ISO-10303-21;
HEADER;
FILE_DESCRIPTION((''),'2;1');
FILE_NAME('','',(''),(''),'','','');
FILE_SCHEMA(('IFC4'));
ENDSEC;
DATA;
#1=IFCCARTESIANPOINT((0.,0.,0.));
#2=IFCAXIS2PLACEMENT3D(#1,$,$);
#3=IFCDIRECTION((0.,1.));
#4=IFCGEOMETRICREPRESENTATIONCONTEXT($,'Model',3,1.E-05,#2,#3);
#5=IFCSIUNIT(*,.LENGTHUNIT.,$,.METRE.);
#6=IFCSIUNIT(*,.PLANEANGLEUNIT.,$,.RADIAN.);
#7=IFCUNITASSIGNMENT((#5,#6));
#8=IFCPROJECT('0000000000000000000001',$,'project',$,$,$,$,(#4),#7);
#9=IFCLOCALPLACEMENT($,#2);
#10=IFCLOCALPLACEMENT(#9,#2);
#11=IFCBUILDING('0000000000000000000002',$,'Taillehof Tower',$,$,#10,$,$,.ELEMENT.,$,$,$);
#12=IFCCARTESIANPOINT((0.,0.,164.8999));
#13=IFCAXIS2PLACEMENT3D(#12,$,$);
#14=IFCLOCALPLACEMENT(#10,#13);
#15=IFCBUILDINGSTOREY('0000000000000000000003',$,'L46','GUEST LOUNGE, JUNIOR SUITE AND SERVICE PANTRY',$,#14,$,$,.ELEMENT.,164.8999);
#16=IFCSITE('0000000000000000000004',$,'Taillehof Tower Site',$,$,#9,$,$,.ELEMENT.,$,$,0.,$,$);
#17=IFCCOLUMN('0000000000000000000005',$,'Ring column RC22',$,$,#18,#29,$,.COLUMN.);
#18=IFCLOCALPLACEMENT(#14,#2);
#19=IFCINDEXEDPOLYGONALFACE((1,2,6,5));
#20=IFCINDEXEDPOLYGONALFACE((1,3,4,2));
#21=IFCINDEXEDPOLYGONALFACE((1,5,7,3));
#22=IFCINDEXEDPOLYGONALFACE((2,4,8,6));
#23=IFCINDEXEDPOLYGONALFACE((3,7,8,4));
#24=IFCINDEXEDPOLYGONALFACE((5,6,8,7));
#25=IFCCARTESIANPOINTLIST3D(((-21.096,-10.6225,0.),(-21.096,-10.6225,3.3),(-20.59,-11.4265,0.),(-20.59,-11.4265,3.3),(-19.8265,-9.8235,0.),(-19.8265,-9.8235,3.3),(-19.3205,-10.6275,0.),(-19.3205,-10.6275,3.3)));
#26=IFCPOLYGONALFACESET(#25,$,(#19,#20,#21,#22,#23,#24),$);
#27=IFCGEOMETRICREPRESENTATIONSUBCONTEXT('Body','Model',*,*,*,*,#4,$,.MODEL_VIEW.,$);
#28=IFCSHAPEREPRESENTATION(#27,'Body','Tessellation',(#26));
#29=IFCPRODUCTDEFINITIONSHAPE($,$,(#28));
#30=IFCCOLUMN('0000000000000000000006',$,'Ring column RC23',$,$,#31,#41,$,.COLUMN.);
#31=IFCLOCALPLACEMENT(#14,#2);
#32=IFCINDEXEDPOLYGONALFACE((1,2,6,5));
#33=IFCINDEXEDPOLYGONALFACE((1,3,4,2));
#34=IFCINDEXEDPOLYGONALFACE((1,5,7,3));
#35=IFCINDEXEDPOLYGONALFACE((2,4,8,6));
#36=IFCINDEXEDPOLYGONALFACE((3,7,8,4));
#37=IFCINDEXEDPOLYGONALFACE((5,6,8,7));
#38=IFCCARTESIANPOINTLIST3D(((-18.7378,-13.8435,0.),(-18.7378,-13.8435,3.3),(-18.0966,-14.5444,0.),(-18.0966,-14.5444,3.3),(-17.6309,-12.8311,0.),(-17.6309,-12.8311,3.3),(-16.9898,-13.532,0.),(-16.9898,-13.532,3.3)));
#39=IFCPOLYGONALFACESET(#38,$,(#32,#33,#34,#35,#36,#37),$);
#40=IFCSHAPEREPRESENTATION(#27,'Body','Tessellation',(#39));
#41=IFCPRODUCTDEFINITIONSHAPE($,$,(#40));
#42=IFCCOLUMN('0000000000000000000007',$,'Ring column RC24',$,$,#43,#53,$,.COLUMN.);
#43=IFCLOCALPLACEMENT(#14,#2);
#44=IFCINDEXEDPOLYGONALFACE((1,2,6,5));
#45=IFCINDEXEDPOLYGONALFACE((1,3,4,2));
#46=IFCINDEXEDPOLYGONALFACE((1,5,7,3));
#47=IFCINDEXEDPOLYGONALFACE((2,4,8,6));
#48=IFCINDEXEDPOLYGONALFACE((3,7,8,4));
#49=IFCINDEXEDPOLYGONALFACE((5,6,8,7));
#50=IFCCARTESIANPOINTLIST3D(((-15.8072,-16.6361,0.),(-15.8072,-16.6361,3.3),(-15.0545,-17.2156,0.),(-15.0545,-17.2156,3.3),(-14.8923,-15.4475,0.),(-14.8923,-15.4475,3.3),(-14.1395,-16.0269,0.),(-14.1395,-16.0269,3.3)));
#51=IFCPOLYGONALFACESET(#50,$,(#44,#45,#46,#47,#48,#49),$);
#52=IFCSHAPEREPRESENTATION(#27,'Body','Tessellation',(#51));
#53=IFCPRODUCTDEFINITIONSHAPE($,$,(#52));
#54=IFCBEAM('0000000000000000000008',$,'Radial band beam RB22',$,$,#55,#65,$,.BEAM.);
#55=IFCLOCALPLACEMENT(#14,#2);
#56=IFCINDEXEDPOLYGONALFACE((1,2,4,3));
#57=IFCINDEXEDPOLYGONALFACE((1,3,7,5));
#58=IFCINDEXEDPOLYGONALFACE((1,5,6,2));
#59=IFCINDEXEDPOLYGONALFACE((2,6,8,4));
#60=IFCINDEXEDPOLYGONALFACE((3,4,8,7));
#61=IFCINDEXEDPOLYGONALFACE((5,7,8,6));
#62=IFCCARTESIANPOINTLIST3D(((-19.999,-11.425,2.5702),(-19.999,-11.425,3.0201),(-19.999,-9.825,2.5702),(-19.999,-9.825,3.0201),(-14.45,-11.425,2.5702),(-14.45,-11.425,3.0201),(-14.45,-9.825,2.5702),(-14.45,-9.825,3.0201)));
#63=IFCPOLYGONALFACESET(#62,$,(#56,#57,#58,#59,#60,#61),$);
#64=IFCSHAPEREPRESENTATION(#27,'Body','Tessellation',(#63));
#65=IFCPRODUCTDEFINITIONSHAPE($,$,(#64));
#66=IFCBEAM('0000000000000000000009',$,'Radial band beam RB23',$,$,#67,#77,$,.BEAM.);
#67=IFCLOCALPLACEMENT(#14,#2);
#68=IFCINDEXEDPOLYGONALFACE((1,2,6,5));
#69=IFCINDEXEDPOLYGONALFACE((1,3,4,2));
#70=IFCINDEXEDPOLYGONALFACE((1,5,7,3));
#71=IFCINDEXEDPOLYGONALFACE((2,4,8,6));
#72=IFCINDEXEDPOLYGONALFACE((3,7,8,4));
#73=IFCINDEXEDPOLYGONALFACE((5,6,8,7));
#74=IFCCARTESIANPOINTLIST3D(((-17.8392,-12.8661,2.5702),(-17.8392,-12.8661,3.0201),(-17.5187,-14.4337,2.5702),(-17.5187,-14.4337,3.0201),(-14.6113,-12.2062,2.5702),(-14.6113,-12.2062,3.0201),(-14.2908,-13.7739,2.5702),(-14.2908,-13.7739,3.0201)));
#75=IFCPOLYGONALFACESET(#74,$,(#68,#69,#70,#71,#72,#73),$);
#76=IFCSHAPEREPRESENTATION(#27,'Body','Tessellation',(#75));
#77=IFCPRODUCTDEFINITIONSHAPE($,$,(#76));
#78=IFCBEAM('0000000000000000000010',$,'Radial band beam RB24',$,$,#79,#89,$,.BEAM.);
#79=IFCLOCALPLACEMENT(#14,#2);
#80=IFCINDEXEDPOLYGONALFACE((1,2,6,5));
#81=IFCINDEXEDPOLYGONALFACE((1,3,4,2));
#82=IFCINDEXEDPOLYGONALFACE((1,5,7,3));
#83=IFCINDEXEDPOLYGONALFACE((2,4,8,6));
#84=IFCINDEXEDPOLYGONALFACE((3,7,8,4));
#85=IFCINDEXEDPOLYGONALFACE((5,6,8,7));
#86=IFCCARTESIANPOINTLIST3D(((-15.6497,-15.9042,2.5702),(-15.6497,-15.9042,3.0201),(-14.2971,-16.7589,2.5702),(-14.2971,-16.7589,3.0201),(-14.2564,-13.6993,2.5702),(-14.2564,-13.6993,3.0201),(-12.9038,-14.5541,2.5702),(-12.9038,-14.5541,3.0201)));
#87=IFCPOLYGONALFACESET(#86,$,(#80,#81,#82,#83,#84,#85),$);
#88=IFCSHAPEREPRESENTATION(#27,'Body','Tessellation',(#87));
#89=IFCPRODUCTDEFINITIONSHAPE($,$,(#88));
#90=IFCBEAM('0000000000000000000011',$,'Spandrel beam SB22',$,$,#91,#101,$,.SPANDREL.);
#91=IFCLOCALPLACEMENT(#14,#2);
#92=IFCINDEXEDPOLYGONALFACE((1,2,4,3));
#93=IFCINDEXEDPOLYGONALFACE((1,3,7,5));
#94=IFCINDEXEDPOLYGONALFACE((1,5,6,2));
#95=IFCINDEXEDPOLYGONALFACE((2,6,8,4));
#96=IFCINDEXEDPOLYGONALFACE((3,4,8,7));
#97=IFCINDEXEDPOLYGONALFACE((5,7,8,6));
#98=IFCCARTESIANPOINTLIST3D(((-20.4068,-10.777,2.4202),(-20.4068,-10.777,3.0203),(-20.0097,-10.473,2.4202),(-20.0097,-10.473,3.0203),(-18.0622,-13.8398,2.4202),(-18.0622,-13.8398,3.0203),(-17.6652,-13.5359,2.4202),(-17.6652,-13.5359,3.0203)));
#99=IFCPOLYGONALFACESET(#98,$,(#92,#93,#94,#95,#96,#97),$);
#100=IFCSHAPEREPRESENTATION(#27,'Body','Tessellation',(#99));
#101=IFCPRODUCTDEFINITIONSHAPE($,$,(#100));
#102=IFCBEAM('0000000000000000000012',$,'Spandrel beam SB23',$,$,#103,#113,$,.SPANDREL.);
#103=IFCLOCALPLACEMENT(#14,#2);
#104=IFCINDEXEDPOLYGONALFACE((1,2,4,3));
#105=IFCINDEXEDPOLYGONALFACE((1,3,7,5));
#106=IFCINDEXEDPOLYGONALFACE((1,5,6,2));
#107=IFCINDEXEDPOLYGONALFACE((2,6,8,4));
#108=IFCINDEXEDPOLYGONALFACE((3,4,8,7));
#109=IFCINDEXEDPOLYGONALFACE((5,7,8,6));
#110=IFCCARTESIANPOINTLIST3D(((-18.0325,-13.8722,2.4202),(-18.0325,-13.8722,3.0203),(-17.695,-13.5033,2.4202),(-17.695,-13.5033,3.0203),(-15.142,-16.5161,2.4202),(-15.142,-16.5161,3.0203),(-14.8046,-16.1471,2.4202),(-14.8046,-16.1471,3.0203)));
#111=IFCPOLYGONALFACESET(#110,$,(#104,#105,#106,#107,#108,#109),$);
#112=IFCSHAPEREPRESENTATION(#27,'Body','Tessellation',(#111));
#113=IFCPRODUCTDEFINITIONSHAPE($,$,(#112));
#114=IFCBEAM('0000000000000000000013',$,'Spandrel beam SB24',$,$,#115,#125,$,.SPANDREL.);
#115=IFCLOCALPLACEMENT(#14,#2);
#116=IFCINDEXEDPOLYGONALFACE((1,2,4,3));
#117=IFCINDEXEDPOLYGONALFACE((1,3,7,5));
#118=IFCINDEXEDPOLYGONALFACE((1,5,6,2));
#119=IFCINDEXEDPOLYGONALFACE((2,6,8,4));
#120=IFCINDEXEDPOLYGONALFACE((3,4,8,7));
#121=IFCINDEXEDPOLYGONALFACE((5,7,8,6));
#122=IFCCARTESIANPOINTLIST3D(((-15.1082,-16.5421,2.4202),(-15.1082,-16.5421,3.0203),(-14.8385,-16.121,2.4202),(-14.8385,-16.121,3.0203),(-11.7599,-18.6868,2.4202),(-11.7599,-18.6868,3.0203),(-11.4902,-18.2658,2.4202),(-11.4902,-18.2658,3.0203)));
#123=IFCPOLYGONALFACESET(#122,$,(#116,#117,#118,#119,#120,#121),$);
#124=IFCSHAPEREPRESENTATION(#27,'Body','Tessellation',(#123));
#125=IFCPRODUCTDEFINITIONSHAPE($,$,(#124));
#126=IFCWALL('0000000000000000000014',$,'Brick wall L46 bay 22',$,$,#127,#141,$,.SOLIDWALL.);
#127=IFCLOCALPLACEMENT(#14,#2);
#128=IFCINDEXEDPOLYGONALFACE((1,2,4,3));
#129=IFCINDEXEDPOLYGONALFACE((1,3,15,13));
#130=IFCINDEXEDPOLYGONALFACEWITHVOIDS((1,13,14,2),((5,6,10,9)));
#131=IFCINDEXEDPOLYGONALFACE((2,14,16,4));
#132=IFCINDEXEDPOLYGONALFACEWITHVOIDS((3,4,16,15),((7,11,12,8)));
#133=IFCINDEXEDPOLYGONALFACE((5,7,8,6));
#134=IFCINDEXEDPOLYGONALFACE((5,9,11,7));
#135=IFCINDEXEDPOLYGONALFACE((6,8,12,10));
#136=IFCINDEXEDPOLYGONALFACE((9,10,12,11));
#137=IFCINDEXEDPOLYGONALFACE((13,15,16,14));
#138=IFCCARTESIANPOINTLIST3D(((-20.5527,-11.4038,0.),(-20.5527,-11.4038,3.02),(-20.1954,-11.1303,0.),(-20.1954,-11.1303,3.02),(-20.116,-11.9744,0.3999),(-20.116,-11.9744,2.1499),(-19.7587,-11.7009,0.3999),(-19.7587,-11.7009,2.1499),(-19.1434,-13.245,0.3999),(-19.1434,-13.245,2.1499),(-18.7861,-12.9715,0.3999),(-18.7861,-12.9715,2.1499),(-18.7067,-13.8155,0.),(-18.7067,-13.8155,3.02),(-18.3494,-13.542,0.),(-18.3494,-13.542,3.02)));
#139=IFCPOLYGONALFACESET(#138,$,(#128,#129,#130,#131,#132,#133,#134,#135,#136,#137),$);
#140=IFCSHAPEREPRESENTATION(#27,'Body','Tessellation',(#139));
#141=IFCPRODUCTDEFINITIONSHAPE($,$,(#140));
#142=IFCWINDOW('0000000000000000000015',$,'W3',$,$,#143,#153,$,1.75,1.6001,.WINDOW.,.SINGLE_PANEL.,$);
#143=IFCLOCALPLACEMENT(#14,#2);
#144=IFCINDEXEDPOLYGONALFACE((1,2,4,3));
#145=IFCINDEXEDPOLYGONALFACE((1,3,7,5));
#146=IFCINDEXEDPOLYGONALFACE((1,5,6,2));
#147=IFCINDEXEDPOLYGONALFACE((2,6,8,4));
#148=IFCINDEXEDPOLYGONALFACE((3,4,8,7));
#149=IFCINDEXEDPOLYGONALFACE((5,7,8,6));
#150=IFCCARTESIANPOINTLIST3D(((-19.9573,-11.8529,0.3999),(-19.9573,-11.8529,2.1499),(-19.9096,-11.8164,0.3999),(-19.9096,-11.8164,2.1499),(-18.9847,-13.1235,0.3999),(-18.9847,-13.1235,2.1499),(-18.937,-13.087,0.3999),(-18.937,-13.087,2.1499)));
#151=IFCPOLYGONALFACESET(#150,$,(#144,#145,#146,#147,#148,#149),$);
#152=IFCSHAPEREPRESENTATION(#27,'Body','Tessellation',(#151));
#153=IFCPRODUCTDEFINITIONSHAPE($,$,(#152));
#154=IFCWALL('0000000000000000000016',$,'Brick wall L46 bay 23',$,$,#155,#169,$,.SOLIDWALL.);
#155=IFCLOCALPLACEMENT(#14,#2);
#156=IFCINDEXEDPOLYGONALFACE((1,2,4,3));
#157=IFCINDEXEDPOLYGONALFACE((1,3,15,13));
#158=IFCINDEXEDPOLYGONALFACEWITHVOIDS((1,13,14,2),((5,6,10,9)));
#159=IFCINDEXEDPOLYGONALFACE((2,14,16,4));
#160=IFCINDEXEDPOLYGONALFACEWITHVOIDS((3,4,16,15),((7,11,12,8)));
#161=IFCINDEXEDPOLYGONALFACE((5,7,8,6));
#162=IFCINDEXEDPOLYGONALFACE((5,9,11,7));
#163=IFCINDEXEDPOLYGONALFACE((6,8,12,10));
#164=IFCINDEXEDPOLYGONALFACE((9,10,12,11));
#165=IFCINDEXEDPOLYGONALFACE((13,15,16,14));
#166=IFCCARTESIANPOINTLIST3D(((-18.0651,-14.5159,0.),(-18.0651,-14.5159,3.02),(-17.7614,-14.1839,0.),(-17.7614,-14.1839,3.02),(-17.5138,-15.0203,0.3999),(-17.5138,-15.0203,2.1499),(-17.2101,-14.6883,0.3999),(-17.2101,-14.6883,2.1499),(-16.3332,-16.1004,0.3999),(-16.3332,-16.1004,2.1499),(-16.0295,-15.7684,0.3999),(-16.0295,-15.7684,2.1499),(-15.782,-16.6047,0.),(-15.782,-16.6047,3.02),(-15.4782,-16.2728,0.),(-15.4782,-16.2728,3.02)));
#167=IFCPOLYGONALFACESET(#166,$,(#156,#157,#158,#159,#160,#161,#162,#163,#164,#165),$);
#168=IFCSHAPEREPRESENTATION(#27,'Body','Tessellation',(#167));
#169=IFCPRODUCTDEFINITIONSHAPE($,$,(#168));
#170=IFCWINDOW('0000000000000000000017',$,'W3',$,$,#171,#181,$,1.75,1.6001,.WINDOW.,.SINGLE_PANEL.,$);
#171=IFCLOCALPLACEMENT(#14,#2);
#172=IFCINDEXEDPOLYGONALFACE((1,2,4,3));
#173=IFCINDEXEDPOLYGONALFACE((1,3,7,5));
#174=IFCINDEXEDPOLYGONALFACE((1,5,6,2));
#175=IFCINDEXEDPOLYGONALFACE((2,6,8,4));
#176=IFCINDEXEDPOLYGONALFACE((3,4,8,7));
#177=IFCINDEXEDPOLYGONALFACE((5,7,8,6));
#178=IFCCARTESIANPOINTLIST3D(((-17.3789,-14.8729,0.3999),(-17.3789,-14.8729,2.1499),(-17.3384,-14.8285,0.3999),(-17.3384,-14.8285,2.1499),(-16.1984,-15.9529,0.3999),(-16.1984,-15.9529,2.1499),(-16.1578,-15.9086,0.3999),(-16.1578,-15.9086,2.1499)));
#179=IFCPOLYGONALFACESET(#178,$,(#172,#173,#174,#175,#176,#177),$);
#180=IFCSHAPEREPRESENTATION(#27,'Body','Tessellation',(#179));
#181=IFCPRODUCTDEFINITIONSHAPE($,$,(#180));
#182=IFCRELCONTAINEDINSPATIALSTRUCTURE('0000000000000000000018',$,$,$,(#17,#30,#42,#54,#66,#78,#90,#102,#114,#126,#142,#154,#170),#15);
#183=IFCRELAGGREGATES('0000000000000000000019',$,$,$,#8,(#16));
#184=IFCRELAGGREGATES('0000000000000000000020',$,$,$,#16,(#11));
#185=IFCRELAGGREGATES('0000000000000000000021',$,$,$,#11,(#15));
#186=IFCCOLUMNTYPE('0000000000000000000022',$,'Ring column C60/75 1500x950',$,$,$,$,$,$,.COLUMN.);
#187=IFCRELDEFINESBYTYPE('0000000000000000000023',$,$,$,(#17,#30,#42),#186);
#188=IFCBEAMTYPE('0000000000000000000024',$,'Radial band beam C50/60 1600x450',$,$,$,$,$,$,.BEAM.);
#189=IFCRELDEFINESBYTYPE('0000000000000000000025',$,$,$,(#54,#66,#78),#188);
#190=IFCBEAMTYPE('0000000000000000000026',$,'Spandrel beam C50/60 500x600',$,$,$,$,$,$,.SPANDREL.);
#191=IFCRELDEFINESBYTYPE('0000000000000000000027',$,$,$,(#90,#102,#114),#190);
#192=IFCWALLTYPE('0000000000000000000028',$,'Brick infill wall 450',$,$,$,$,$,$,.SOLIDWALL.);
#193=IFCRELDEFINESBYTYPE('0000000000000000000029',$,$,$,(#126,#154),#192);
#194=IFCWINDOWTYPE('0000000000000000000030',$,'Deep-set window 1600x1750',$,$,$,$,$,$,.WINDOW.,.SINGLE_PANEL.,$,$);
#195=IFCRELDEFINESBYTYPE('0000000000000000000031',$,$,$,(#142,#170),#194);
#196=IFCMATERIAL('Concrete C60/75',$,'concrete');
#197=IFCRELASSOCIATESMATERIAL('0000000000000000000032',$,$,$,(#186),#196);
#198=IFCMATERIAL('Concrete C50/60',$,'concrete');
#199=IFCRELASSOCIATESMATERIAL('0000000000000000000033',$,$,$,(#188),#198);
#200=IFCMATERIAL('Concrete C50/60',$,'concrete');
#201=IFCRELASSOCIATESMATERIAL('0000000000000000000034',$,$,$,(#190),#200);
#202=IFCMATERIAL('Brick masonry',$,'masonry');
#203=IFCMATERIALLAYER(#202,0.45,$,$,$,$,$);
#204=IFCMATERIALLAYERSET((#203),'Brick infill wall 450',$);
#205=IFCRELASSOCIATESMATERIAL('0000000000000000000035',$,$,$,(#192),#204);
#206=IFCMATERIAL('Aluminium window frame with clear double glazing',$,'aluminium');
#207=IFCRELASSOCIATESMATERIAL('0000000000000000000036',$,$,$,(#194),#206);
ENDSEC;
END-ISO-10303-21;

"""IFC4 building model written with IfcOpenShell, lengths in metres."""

from ifc_helpers import new_model, si_unit, direction, frame, frame_2d, origin, origin_2d, place, context, subcontext, project, spatial, rectangle, extrude, material, layer, layer_set, material_profile, profile_set, type_object, element, fill, save


model = new_model("IFC4")

# Units and contexts
model_context = context("Model", 3, precision=1e-05, world=origin(), true_north=direction((0.0, 1.0)))
body_context = subcontext(model_context, "Body", "Model", "MODEL_VIEW")
ifc_project = project(units=[si_unit("LENGTHUNIT", "METRE"), si_unit("PLANEANGLEUNIT", "RADIAN")], contexts=[model_context])

# Site, building, storey
site_placement = place(None, origin())
site = spatial("IfcSite", under=ifc_project, at=site_placement, Name="Taillehof Tower Site", CompositionType="ELEMENT", RefElevation=0.0)
building_placement = place(site_placement, origin())
building = spatial("IfcBuilding", under=site, at=building_placement, Name="Taillehof Tower", CompositionType="ELEMENT")
storey_placement = place(building_placement, frame((0.0, 0.0, 164.8999)))
storey = spatial("IfcBuildingStorey", under=building, at=storey_placement, Name="L46", Description="GUEST LOUNGE, JUNIOR SUITE AND SERVICE PANTRY", CompositionType="ELEMENT", Elevation=164.8999)

# Columns
ifc_material_1 = material(Name="Concrete C60/75", Category="concrete")
ifc_material_profile_1 = material_profile(ifc_material_1, rectangle(XDim=1.5, YDim=0.95, at=origin_2d()), Name="RC 1500x950")
ifc_profile_set_1 = profile_set([ifc_material_profile_1], Name="Concrete C60/75")
column_type = type_object("IfcColumnType", Name="Ring column C60/75 1500x950", PredefinedType="COLUMN", material=ifc_profile_set_1)
for number, where, z_axis, x_axis, name in (
    (1, (-20.2083, -10.625, 0.0), (0.0, 0.0, 1.0), (-0.846334, -0.532652, 0.0), "Ring column RC22"),
    (2, (-17.8638, -13.6877, 0.0), (0.0, 0.0, 1.0), (-0.737879, -0.674933, 0.0), "Ring column RC23"),
    (3, (-14.9734, -16.3315, 0.0), (0.0, 0.0, 1.0), (-0.609971, -0.792424, 0.0), "Ring column RC24"),
):
    element("IfcColumn", number, at=place(storey_placement, frame(where, z_axis=z_axis, x_axis=x_axis)), inside=storey, type_object=column_type, Name=name, PredefinedType="COLUMN", context=body_context, shape_type="SweptSolid", body=[
        extrude(rectangle(XDim=1.5, YDim=0.95, at=origin_2d()), origin(), (0.0, 0.0, 1.0), 3.3),
    ])

# Beams
ifc_material_2 = material(Name="Concrete C50/60", Category="concrete")
ifc_material_profile_2 = material_profile(ifc_material_2, rectangle(XDim=1.6001, YDim=0.45, at=origin_2d()), Name="RC 1600x450")
ifc_profile_set_2 = profile_set([ifc_material_profile_2], Name="Concrete C50/60")
beam_type_1 = type_object("IfcBeamType", Name="Radial band beam C50/60 1600x450", PredefinedType="BEAM", material=ifc_profile_set_2)
beam_1_placement = place(storey_placement, frame((-19.999, -10.625, 2.7952), z_axis=(1.0, 0.0, 0.0), x_axis=(0.0, 1.0, 0.0)))
element("IfcBeam", 4, at=beam_1_placement, inside=storey, type_object=beam_type_1, Name="Radial band beam RB22", PredefinedType="BEAM", context=body_context, shape_type="SweptSolid", body=[
    extrude(rectangle(XDim=1.6001, YDim=0.45, at=origin_2d()), origin(), (0.0, 0.0, 1.0), 5.5491),
])
beam_2_placement = place(storey_placement, frame((-17.679, -13.6499, 2.7952), z_axis=(0.979737, 0.20029, 0.0), x_axis=(-0.20029, 0.979737, 0.0)))
element("IfcBeam", 5, at=beam_2_placement, inside=storey, type_object=beam_type_1, Name="Radial band beam RB23", PredefinedType="BEAM", context=body_context, shape_type="SweptSolid", body=[
    extrude(rectangle(XDim=1.6001, YDim=0.45, at=origin_2d()), origin(), (0.0, 0.0, 1.0), 3.2947),
])
beam_3_placement = place(storey_placement, frame((-14.9734, -16.3315, 2.7952), z_axis=(0.534208, 0.845353, 0.0), x_axis=(-0.845353, 0.534208, 0.0)))
element("IfcBeam", 6, at=beam_3_placement, inside=storey, type_object=beam_type_1, Name="Radial band beam RB24", PredefinedType="BEAM", context=body_context, shape_type="SweptSolid", body=[
    extrude(rectangle(XDim=1.6001, YDim=0.45, at=origin_2d()), origin(), (0.0, 0.0, 1.0), 2.6082),
])
ifc_material_3 = material(Name="Concrete C50/60", Category="concrete")
ifc_material_profile_3 = material_profile(ifc_material_3, rectangle(XDim=0.5, YDim=0.6001, at=origin_2d()), Name="RC 500x600")
ifc_profile_set_3 = profile_set([ifc_material_profile_3], Name="Concrete C50/60")
beam_type_2 = type_object("IfcBeamType", Name="Spandrel beam C50/60 500x600", PredefinedType="SPANDREL", material=ifc_profile_set_3)
beam_4_placement = place(storey_placement, frame((-20.2083, -10.625, 2.7202), z_axis=(0.60784, -0.794059, 0.0), x_axis=(0.794059, 0.60784, 0.0)))
element("IfcBeam", 7, at=beam_4_placement, inside=storey, type_object=beam_type_2, Name="Spandrel beam SB22", PredefinedType="SPANDREL", context=body_context, shape_type="SweptSolid", body=[
    extrude(rectangle(XDim=0.5, YDim=0.6001, at=origin_2d()), origin(), (0.0, 0.0, 1.0), 3.8572),
])
beam_5_placement = place(storey_placement, frame((-17.8638, -13.6877, 2.7202), z_axis=(0.737881, -0.674931, 0.0), x_axis=(0.674931, 0.737881, 0.0)))
element("IfcBeam", 8, at=beam_5_placement, inside=storey, type_object=beam_type_2, Name="Spandrel beam SB23", PredefinedType="SPANDREL", context=body_context, shape_type="SweptSolid", body=[
    extrude(rectangle(XDim=0.5, YDim=0.6001, at=origin_2d()), origin(), (0.0, 0.0, 1.0), 3.9172),
])
beam_6_placement = place(storey_placement, frame((-14.9734, -16.3315, 2.7202), z_axis=(0.842065, -0.539376, 0.0), x_axis=(0.539376, 0.842065, 0.0)))
element("IfcBeam", 9, at=beam_6_placement, inside=storey, type_object=beam_type_2, Name="Spandrel beam SB24", PredefinedType="SPANDREL", context=body_context, shape_type="SweptSolid", body=[
    extrude(rectangle(XDim=0.5, YDim=0.6001, at=origin_2d()), origin(), (0.0, 0.0, 1.0), 3.9763),
])

# Walls, openings, windows
ifc_material_4 = material(Name="Brick masonry", Category="masonry")
ifc_layer_1 = layer(ifc_material_4, 0.45)
ifc_layer_set_1 = layer_set([ifc_layer_1], Name="Brick infill wall 450")
wall_type_1 = type_object("IfcWallType", Name="Brick infill wall 450", PredefinedType="SOLIDWALL", material=ifc_layer_set_1)
wall_1_placement = place(storey_placement, frame((-20.374, -11.2671, 0.0), z_axis=(0.0, 0.0, 1.0), x_axis=(0.607817, -0.794077, 0.0)))
wall_1 = element("IfcWall", 10, at=wall_1_placement, inside=storey, type_object=wall_type_1, Name="Brick wall L46 bay 22", PredefinedType="SOLIDWALL", context=body_context, shape_type="SweptSolid", body=[
    extrude(rectangle(XDim=3.0371, YDim=0.45, at=frame_2d((1.5186, 0.0))), origin(), (0.0, 0.0, 1.0), 3.02),
])
opening_1_placement = place(wall_1_placement, frame((0.7185, 0.0, 0.3999)))
opening_1 = element("IfcOpeningElement", 11, at=opening_1_placement, cuts=wall_1, PredefinedType="OPENING", context=body_context, shape_type="SweptSolid", body=[
    extrude(rectangle(XDim=1.6001, YDim=1.75, at=frame_2d((0.8, 0.875))), frame((0.0, 0.2349, 0.0), z_axis=(0.0, -1.0, 0.0), x_axis=(1.0, 0.0, 0.0)), (0.0, 0.0, 1.0), 0.47),
])
ifc_material_5 = material(Name="Aluminium window frame with clear double glazing", Category="aluminium")
window_type_1 = type_object("IfcWindowType", Name="Deep-set window 1600x1750", PartitioningType="SINGLE_PANEL", PredefinedType="WINDOW", material=ifc_material_5)
window_1_placement = place(opening_1_placement, origin())
window_1 = element("IfcWindow", 12, at=window_1_placement, inside=storey, type_object=window_type_1, Name="W3", OverallHeight=1.75, OverallWidth=1.6001, PartitioningType="SINGLE_PANEL", PredefinedType="WINDOW", context=body_context, shape_type="SweptSolid", body=[
    extrude(rectangle(XDim=1.6001, YDim=1.75, at=frame_2d((0.8, 0.875))), frame((0.0, 0.0349, 0.0), z_axis=(0.0, -1.0, 0.0), x_axis=(1.0, 0.0, 0.0)), (0.0, 0.0, 1.0), 0.0601),
])
fill(opening_1, window_1)
wall_2_placement = place(storey_placement, frame((-17.9133, -14.3499, 0.0), z_axis=(0.0, 0.0, 1.0), x_axis=(0.737809, -0.67501, 0.0)))
wall_2 = element("IfcWall", 13, at=wall_2_placement, inside=storey, type_object=wall_type_1, Name="Brick wall L46 bay 23", PredefinedType="SOLIDWALL", context=body_context, shape_type="SweptSolid", body=[
    extrude(rectangle(XDim=3.0945, YDim=0.45, at=frame_2d((1.5474, 0.0))), origin(), (0.0, 0.0, 1.0), 3.02),
])
opening_2_placement = place(wall_2_placement, frame((0.7473, 0.0, 0.3999)))
opening_2 = element("IfcOpeningElement", 14, at=opening_2_placement, cuts=wall_2, PredefinedType="OPENING", context=body_context, shape_type="SweptSolid", body=[
    extrude(rectangle(XDim=1.6001, YDim=1.75, at=frame_2d((0.8, 0.875))), frame((0.0, 0.2349, 0.0), z_axis=(0.0, -1.0, 0.0), x_axis=(1.0, 0.0, 0.0)), (0.0, 0.0, 1.0), 0.47),
])
window_2_placement = place(opening_2_placement, origin())
window_2 = element("IfcWindow", 15, at=window_2_placement, inside=storey, type_object=window_type_1, Name="W3", OverallHeight=1.75, OverallWidth=1.6001, PartitioningType="SINGLE_PANEL", PredefinedType="WINDOW", context=body_context, shape_type="SweptSolid", body=[
    extrude(rectangle(XDim=1.6001, YDim=1.75, at=frame_2d((0.8, 0.875))), frame((0.0, 0.0349, 0.0), z_axis=(0.0, -1.0, 0.0), x_axis=(1.0, 0.0, 0.0)), (0.0, 0.0, 1.0), 0.0601),
])
fill(opening_2, window_2)

save(model, "model.ifc")
